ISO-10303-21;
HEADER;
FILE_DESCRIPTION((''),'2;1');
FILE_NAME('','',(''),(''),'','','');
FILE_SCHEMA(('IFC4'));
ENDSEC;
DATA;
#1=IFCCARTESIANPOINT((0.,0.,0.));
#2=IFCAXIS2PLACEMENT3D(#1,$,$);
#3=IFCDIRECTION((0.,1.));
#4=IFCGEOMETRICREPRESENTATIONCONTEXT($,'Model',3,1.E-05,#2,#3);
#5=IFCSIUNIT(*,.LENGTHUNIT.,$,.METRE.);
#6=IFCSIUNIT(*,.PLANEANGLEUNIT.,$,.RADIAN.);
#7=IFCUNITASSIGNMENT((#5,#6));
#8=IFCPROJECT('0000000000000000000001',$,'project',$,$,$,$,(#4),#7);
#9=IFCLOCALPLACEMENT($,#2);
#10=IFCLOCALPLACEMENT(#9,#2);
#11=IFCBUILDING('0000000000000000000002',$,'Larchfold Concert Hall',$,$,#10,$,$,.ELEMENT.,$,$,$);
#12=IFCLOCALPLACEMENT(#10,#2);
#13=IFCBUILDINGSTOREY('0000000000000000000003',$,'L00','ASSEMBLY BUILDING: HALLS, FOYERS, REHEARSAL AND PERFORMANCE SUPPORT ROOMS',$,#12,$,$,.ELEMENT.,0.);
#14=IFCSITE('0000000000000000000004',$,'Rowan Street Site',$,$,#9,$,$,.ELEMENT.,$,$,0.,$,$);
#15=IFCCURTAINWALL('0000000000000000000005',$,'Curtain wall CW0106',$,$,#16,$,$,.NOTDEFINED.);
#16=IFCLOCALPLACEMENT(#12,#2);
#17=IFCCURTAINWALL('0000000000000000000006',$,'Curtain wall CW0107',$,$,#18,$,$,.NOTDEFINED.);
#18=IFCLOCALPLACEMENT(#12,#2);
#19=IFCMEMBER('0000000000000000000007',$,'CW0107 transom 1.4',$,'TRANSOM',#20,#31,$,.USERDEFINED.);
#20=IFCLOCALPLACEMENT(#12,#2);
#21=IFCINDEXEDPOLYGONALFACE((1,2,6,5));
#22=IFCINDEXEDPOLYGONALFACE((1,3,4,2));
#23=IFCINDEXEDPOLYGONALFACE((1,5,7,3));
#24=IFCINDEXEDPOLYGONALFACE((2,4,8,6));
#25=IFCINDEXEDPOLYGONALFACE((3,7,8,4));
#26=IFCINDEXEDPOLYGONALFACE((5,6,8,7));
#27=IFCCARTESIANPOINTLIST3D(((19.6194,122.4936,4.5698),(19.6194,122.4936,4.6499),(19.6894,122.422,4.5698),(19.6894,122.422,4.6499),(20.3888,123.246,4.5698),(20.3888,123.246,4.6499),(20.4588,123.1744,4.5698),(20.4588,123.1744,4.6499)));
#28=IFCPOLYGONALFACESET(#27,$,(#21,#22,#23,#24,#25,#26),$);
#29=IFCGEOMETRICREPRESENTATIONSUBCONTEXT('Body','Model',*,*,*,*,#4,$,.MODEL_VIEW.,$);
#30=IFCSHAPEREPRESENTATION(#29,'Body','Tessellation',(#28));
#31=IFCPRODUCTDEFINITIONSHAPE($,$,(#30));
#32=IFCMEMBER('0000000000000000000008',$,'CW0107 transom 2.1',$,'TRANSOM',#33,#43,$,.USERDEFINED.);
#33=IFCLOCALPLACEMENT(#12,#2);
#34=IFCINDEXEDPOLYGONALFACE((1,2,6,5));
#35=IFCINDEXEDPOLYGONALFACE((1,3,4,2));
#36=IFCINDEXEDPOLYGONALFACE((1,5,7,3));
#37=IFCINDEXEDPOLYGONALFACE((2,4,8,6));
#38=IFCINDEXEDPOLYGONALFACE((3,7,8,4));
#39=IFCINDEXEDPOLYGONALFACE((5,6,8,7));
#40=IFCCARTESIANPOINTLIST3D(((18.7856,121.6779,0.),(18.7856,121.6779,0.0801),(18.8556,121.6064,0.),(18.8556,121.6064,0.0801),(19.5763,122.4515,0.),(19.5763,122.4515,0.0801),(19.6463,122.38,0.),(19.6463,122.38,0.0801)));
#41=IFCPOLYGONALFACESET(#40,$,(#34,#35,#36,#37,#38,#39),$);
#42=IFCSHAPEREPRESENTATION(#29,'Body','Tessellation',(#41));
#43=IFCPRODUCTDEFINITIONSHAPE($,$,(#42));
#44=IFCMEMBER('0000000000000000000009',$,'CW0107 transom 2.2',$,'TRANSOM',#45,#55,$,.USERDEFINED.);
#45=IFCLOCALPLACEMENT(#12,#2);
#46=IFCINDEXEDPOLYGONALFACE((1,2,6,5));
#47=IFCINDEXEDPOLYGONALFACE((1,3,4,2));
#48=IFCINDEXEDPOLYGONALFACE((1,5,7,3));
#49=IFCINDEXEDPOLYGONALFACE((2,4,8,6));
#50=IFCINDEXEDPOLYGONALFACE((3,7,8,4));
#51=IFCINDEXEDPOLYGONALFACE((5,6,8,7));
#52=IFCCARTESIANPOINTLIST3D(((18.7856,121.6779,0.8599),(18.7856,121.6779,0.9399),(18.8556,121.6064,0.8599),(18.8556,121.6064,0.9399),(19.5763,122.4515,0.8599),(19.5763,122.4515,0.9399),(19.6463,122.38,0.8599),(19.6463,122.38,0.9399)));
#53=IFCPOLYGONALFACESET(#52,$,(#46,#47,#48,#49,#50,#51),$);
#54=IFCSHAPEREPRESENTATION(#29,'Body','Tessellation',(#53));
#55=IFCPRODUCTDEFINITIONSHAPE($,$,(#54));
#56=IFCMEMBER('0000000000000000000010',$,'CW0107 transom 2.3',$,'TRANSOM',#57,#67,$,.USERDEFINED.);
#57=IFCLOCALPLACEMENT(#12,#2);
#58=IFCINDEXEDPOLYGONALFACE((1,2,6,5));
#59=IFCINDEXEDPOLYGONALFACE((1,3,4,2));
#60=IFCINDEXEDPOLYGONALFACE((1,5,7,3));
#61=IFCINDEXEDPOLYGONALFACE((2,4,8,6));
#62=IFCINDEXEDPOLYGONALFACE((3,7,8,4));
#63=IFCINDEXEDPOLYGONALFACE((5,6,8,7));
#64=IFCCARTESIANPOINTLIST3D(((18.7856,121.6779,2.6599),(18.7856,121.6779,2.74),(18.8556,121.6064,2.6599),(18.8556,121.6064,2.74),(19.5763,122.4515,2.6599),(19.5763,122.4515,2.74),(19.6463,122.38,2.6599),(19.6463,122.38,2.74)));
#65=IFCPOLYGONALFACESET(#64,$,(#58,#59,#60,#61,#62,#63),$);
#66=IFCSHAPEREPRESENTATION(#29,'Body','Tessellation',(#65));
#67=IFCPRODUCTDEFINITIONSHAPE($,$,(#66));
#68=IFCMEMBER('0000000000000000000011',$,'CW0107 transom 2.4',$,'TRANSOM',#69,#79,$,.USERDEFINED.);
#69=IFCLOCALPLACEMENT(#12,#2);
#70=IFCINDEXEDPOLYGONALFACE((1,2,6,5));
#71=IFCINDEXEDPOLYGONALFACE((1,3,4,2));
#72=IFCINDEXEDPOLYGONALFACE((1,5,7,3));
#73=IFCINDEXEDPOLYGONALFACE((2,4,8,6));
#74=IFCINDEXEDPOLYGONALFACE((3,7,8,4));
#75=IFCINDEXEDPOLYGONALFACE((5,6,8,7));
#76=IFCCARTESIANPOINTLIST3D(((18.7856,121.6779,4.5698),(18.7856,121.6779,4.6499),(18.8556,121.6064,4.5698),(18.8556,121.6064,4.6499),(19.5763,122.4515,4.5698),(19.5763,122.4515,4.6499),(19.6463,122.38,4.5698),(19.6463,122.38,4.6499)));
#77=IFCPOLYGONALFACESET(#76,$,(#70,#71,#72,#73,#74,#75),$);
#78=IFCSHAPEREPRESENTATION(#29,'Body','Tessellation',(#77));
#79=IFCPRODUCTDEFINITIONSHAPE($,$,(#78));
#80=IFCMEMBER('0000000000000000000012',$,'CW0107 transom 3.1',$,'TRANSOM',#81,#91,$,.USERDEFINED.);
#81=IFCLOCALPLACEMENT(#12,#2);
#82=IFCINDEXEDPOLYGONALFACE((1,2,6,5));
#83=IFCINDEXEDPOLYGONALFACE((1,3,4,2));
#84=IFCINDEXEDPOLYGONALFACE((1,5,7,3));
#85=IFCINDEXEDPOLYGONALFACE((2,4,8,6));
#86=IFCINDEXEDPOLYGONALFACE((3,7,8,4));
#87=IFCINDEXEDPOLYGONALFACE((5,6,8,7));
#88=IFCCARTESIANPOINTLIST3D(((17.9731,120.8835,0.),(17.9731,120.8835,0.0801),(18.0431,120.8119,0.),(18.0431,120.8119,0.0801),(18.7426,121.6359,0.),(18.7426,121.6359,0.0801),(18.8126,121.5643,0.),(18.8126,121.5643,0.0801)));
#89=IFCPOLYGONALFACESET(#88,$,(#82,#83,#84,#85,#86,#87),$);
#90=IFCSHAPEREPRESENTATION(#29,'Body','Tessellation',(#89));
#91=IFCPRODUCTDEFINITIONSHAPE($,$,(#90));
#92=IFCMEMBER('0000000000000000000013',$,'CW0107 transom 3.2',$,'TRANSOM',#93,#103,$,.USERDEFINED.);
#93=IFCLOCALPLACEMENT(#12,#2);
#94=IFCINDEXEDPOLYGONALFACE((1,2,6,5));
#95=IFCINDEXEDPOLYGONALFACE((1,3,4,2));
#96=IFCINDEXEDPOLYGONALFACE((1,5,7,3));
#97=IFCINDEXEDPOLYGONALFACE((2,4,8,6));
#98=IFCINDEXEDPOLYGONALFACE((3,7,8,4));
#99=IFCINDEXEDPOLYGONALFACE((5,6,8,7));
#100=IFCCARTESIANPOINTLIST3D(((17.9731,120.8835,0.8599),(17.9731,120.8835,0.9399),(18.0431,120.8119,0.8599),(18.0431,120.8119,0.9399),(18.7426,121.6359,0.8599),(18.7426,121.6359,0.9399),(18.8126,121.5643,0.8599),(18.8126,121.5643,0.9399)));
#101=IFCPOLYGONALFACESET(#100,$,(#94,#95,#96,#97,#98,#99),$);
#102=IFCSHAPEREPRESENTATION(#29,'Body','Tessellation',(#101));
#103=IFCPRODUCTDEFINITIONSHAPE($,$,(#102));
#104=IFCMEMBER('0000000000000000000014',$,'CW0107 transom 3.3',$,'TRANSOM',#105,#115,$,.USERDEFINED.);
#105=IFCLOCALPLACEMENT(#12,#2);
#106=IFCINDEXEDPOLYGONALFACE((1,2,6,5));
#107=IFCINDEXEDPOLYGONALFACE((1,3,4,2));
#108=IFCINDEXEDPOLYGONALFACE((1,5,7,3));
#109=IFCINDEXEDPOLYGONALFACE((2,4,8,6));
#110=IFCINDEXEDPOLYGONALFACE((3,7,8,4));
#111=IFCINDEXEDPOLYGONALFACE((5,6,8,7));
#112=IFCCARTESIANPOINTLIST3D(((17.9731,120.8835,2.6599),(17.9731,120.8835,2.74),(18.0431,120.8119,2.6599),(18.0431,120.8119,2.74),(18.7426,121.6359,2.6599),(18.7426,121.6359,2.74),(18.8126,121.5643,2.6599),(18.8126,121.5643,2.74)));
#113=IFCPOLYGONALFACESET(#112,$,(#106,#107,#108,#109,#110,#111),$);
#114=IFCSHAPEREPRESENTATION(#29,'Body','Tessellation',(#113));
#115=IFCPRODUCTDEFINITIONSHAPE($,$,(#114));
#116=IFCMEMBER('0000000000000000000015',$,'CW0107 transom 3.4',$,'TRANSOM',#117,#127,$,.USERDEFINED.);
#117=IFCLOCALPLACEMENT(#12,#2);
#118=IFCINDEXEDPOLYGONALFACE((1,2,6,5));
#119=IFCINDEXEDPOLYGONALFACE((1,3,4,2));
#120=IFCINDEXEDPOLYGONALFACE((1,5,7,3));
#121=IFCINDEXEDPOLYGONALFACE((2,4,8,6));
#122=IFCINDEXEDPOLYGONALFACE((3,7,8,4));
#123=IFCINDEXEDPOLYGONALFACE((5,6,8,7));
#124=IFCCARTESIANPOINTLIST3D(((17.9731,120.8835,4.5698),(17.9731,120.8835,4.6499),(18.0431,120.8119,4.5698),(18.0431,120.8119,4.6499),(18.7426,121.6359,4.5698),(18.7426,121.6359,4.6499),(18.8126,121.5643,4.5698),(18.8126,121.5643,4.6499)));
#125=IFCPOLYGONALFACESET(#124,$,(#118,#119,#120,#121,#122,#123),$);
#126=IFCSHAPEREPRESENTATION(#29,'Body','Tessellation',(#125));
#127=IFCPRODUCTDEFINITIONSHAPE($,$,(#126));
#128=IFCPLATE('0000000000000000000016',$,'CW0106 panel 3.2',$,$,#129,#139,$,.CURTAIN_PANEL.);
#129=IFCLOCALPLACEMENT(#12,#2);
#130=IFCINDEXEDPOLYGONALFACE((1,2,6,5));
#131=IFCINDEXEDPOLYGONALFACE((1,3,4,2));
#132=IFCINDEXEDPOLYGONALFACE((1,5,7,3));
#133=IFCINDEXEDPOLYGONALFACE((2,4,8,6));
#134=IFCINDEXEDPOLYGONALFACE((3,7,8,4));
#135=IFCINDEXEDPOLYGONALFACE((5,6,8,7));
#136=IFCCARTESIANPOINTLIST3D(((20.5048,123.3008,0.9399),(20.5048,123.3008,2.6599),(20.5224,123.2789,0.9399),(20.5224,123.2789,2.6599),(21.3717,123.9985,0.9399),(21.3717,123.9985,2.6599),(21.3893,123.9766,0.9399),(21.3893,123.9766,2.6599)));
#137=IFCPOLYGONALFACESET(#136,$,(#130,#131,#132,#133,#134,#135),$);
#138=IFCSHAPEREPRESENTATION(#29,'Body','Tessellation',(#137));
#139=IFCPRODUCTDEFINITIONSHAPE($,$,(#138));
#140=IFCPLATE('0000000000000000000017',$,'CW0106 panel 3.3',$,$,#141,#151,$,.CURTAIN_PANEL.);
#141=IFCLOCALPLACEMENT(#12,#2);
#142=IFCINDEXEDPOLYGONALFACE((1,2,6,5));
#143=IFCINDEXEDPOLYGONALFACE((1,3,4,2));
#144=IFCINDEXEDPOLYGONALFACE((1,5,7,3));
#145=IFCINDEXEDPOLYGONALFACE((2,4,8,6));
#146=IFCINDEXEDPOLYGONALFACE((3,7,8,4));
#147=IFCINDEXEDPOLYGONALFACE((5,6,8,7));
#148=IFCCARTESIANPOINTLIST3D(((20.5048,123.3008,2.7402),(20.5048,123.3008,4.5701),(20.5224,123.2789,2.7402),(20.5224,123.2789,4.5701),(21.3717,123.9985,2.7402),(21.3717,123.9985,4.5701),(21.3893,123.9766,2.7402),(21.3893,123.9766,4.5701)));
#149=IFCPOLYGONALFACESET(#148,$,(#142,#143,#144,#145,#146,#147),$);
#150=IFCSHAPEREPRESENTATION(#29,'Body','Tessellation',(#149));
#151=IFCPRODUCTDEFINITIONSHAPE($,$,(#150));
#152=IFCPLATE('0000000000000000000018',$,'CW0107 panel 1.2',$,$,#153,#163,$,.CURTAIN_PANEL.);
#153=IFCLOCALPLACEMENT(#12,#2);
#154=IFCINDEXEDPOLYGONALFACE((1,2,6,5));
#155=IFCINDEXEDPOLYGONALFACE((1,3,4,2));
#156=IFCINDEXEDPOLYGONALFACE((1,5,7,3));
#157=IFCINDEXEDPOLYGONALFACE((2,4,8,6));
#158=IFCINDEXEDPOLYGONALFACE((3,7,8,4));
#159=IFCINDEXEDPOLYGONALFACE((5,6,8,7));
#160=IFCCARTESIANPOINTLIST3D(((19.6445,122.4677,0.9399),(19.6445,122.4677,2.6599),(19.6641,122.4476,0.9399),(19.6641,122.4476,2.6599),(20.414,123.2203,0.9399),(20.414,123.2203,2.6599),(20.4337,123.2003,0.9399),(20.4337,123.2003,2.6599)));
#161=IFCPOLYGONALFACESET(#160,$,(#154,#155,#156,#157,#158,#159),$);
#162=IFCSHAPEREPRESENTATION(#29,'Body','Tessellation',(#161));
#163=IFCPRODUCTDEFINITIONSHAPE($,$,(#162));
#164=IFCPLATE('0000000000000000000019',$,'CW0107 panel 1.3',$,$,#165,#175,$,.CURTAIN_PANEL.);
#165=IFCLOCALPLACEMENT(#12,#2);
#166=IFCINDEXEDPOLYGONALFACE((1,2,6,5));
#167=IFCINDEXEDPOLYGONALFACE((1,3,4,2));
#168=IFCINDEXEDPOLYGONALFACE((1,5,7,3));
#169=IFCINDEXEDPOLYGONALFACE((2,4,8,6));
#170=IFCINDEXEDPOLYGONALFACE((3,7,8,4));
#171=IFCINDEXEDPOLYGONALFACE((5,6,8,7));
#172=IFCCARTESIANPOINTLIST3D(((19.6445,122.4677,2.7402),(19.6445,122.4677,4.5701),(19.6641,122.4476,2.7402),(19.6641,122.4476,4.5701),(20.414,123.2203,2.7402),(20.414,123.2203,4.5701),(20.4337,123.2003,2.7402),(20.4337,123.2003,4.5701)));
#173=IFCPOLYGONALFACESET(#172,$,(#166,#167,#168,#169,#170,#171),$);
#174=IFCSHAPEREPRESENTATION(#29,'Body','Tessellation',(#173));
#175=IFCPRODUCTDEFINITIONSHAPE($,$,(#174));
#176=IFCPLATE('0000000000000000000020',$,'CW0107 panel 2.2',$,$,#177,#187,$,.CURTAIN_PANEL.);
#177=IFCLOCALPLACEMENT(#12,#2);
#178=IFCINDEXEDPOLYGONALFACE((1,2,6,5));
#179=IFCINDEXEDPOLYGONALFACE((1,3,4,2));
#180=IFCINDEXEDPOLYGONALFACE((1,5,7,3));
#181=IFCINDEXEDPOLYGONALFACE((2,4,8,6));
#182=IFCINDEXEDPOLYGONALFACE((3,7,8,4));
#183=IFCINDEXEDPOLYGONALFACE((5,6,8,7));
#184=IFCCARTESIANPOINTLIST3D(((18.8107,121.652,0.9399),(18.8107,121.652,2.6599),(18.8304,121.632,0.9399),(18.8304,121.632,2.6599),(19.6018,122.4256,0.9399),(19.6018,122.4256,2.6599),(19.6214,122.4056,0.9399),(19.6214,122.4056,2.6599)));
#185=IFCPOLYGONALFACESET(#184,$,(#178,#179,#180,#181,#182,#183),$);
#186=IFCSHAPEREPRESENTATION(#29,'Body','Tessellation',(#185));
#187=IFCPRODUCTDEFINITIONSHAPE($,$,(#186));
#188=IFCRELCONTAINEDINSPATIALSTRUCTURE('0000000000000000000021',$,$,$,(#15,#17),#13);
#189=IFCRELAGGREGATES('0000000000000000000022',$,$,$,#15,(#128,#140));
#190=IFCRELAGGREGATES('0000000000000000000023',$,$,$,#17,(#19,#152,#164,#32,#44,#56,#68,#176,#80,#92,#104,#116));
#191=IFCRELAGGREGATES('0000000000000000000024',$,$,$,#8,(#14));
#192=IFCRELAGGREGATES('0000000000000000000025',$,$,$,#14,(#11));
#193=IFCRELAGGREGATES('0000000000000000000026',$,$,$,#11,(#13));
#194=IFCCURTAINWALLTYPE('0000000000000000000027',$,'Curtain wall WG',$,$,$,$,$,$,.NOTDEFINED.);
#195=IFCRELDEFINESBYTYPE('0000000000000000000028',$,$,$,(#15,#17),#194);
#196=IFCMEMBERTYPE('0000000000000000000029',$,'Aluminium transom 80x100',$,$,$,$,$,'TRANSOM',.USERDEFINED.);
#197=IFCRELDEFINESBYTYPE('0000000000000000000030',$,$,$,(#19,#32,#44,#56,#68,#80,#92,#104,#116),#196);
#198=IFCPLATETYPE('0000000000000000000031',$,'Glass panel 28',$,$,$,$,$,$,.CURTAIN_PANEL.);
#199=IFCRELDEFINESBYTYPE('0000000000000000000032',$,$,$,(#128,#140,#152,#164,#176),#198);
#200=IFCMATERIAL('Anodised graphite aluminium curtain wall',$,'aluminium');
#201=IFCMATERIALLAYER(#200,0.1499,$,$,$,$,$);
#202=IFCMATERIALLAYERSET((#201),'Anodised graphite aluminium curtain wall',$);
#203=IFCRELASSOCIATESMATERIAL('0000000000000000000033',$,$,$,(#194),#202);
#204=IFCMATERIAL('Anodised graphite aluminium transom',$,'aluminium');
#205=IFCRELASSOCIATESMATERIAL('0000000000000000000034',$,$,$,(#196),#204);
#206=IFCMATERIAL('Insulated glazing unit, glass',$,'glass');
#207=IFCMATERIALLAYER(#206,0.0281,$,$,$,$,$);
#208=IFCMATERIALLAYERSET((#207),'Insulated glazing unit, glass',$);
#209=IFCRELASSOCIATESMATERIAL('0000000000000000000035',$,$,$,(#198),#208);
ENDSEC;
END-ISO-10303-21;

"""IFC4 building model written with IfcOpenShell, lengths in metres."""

from ifc_helpers import new_model, si_unit, direction, frame, origin, origin_2d, place, context, subcontext, project, spatial, rectangle, extrude, material, layer, layer_set, material_profile, profile_set, type_object, element, aggregate, save


model = new_model("IFC4")

# Units and contexts
model_context = context("Model", 3, precision=1e-05, world=origin(), true_north=direction((0.0, 1.0)))
body_context = subcontext(model_context, "Body", "Model", "MODEL_VIEW")
ifc_project = project(units=[si_unit("LENGTHUNIT", "METRE"), si_unit("PLANEANGLEUNIT", "RADIAN")], contexts=[model_context])

# Site, building, storey
site_placement = place(None, origin())
site = spatial("IfcSite", under=ifc_project, at=site_placement, Name="Rowan Street Site", CompositionType="ELEMENT", RefElevation=0.0)
building_placement = place(site_placement, origin())
building = spatial("IfcBuilding", under=site, at=building_placement, Name="Larchfold Concert Hall", CompositionType="ELEMENT")
storey_placement = place(building_placement, origin())
storey = spatial("IfcBuildingStorey", under=building, at=storey_placement, Name="L00", Description="ASSEMBLY BUILDING: HALLS, FOYERS, REHEARSAL AND PERFORMANCE SUPPORT ROOMS", CompositionType="ELEMENT", Elevation=0.0)

# Curtain wall
ifc_material_1 = material(Name="Anodised graphite aluminium curtain wall", Category="aluminium")
ifc_layer_1 = layer(ifc_material_1, 0.1499)
ifc_layer_set_1 = layer_set([ifc_layer_1], Name="Anodised graphite aluminium curtain wall")
curtain_wall_type = type_object("IfcCurtainWallType", Name="Curtain wall WG", PredefinedType="NOTDEFINED", material=ifc_layer_set_1)
curtain_wall_1_placement = place(storey_placement, origin())
curtain_wall_1 = element("IfcCurtainWall", 1, at=curtain_wall_1_placement, inside=storey, type_object=curtain_wall_type, Name="Curtain wall CW0106", PredefinedType="NOTDEFINED")

# Curtain wall
curtain_wall_2_placement = place(storey_placement, origin())
curtain_wall_2 = element("IfcCurtainWall", 2, at=curtain_wall_2_placement, inside=storey, type_object=curtain_wall_type, Name="Curtain wall CW0107", PredefinedType="NOTDEFINED")

# Members
ifc_material_2 = material(Name="Anodised graphite aluminium transom", Category="aluminium")
ifc_material_profile_1 = material_profile(ifc_material_2, rectangle(XDim=0.1001, YDim=0.0801, at=origin_2d()))
ifc_profile_set_1 = profile_set([ifc_material_profile_1], Name="Anodised graphite aluminium transom")
member_type_1 = type_object("IfcMemberType", Name="Aluminium transom 80x100", ElementType="TRANSOM", PredefinedType="USERDEFINED", material=ifc_profile_set_1)
member_1_placement = place(storey_placement, frame((20.4238, 123.2102, 4.6099), z_axis=(-0.715002, -0.699123, 0.0), x_axis=(0.699123, -0.715002, 0.0)))
member_1 = element("IfcMember", 3, at=member_1_placement, type_object=member_type_1, Name="CW0107 transom 1.4", ObjectType="TRANSOM", PredefinedType="USERDEFINED", context=body_context, shape_type="SweptSolid", body=[
    extrude(rectangle(XDim=0.1001, YDim=0.0801, at=origin_2d()), origin(), (0.0, 0.0, 1.0), 1.0762),
])
member_2_placement = place(storey_placement, frame((19.6113, 122.4158, 0.04), z_axis=(-0.714788, -0.699341, 0.0), x_axis=(0.699341, -0.714788, 0.0)))
member_2 = element("IfcMember", 4, at=member_2_placement, type_object=member_type_1, Name="CW0107 transom 2.1", ObjectType="TRANSOM", PredefinedType="USERDEFINED", context=body_context, shape_type="SweptSolid", body=[
    extrude(rectangle(XDim=0.1001, YDim=0.0801, at=origin_2d()), origin(), (0.0, 0.0, 1.0), 1.1062),
])
member_3_placement = place(storey_placement, frame((19.6113, 122.4158, 0.8999), z_axis=(-0.714788, -0.699341, 0.0), x_axis=(0.699341, -0.714788, 0.0)))
member_3 = element("IfcMember", 5, at=member_3_placement, type_object=member_type_1, Name="CW0107 transom 2.2", ObjectType="TRANSOM", PredefinedType="USERDEFINED", context=body_context, shape_type="SweptSolid", body=[
    extrude(rectangle(XDim=0.1001, YDim=0.0801, at=origin_2d()), origin(), (0.0, 0.0, 1.0), 1.1062),
])
member_4_placement = place(storey_placement, frame((19.6113, 122.4158, 2.7), z_axis=(-0.714788, -0.699341, 0.0), x_axis=(0.699341, -0.714788, 0.0)))
member_4 = element("IfcMember", 6, at=member_4_placement, type_object=member_type_1, Name="CW0107 transom 2.3", ObjectType="TRANSOM", PredefinedType="USERDEFINED", context=body_context, shape_type="SweptSolid", body=[
    extrude(rectangle(XDim=0.1001, YDim=0.0801, at=origin_2d()), origin(), (0.0, 0.0, 1.0), 1.1062),
])
member_5_placement = place(storey_placement, frame((19.6113, 122.4158, 4.6099), z_axis=(-0.714788, -0.699341, 0.0), x_axis=(0.699341, -0.714788, 0.0)))
member_5 = element("IfcMember", 7, at=member_5_placement, type_object=member_type_1, Name="CW0107 transom 2.4", ObjectType="TRANSOM", PredefinedType="USERDEFINED", context=body_context, shape_type="SweptSolid", body=[
    extrude(rectangle(XDim=0.1001, YDim=0.0801, at=origin_2d()), origin(), (0.0, 0.0, 1.0), 1.1062),
])
member_6_placement = place(storey_placement, frame((18.7776, 121.6001, 0.04), z_axis=(-0.715002, -0.699123, 0.0), x_axis=(0.699123, -0.715002, 0.0)))
member_6 = element("IfcMember", 8, at=member_6_placement, type_object=member_type_1, Name="CW0107 transom 3.1", ObjectType="TRANSOM", PredefinedType="USERDEFINED", context=body_context, shape_type="SweptSolid", body=[
    extrude(rectangle(XDim=0.1001, YDim=0.0801, at=origin_2d()), origin(), (0.0, 0.0, 1.0), 1.0762),
])
member_7_placement = place(storey_placement, frame((18.7776, 121.6001, 0.8999), z_axis=(-0.715002, -0.699123, 0.0), x_axis=(0.699123, -0.715002, 0.0)))
member_7 = element("IfcMember", 9, at=member_7_placement, type_object=member_type_1, Name="CW0107 transom 3.2", ObjectType="TRANSOM", PredefinedType="USERDEFINED", context=body_context, shape_type="SweptSolid", body=[
    extrude(rectangle(XDim=0.1001, YDim=0.0801, at=origin_2d()), origin(), (0.0, 0.0, 1.0), 1.0762),
])
member_8_placement = place(storey_placement, frame((18.7776, 121.6001, 2.7), z_axis=(-0.715002, -0.699123, 0.0), x_axis=(0.699123, -0.715002, 0.0)))
member_8 = element("IfcMember", 10, at=member_8_placement, type_object=member_type_1, Name="CW0107 transom 3.3", ObjectType="TRANSOM", PredefinedType="USERDEFINED", context=body_context, shape_type="SweptSolid", body=[
    extrude(rectangle(XDim=0.1001, YDim=0.0801, at=origin_2d()), origin(), (0.0, 0.0, 1.0), 1.0762),
])
member_9_placement = place(storey_placement, frame((18.7776, 121.6001, 4.6099), z_axis=(-0.715002, -0.699123, 0.0), x_axis=(0.699123, -0.715002, 0.0)))
member_9 = element("IfcMember", 11, at=member_9_placement, type_object=member_type_1, Name="CW0107 transom 3.4", ObjectType="TRANSOM", PredefinedType="USERDEFINED", context=body_context, shape_type="SweptSolid", body=[
    extrude(rectangle(XDim=0.1001, YDim=0.0801, at=origin_2d()), origin(), (0.0, 0.0, 1.0), 1.0762),
])

# Plates
ifc_material_3 = material(Name="Insulated glazing unit, glass", Category="glass")
ifc_layer_2 = layer(ifc_material_3, 0.0281)
ifc_layer_set_2 = layer_set([ifc_layer_2], Name="Insulated glazing unit, glass")
plate_type_1 = type_object("IfcPlateType", Name="Glass panel 28", PredefinedType="CURTAIN_PANEL", material=ifc_layer_set_2)
plate_1_placement = place(storey_placement, frame((20.947, 123.6387, 0.9399), z_axis=(0.0, 0.0, 1.0), x_axis=(-0.77903, -0.626986, 0.0)))
plate_1 = element("IfcPlate", 12, at=plate_1_placement, type_object=plate_type_1, Name="CW0106 panel 3.2", PredefinedType="CURTAIN_PANEL", context=body_context, shape_type="SweptSolid", body=[
    extrude(rectangle(XDim=1.1128, YDim=0.0281, at=origin_2d()), origin(), (0.0, 0.0, 1.0), 1.72),
])
plate_2_placement = place(storey_placement, frame((20.947, 123.6387, 2.7402), z_axis=(0.0, 0.0, 1.0), x_axis=(-0.77903, -0.626986, 0.0)))
plate_2 = element("IfcPlate", 13, at=plate_2_placement, type_object=plate_type_1, Name="CW0106 panel 3.3", PredefinedType="CURTAIN_PANEL", context=body_context, shape_type="SweptSolid", body=[
    extrude(rectangle(XDim=1.1128, YDim=0.0281, at=origin_2d()), origin(), (0.0, 0.0, 1.0), 1.8298),
])
plate_3_placement = place(storey_placement, frame((20.0391, 122.834, 0.9399), z_axis=(0.0, 0.0, 1.0), x_axis=(-0.714947, -0.699179, 0.0)))
plate_3 = element("IfcPlate", 14, at=plate_3_placement, type_object=plate_type_1, Name="CW0107 panel 1.2", PredefinedType="CURTAIN_PANEL", context=body_context, shape_type="SweptSolid", body=[
    extrude(rectangle(XDim=1.0764, YDim=0.0281, at=origin_2d()), origin(), (0.0, 0.0, 1.0), 1.72),
])
plate_4_placement = place(storey_placement, frame((20.0391, 122.834, 2.7402), z_axis=(0.0, 0.0, 1.0), x_axis=(-0.714947, -0.699179, 0.0)))
plate_4 = element("IfcPlate", 15, at=plate_4_placement, type_object=plate_type_1, Name="CW0107 panel 1.3", PredefinedType="CURTAIN_PANEL", context=body_context, shape_type="SweptSolid", body=[
    extrude(rectangle(XDim=1.0764, YDim=0.0281, at=origin_2d()), origin(), (0.0, 0.0, 1.0), 1.8298),
])
plate_5_placement = place(storey_placement, frame((19.2161, 122.0288, 0.9399), z_axis=(0.0, 0.0, 1.0), x_axis=(-0.714947, -0.699179, 0.0)))
plate_5 = element("IfcPlate", 16, at=plate_5_placement, type_object=plate_type_1, Name="CW0107 panel 2.2", PredefinedType="CURTAIN_PANEL", context=body_context, shape_type="SweptSolid", body=[
    extrude(rectangle(XDim=1.1064, YDim=0.0281, at=origin_2d()), origin(), (0.0, 0.0, 1.0), 1.72),
])
aggregate(curtain_wall_1, [plate_1, plate_2])
aggregate(curtain_wall_2, [member_1, plate_3, plate_4, member_2, member_3, member_4, member_5, plate_5, member_6, member_7, member_8, member_9])

save(model, "model.ifc")
